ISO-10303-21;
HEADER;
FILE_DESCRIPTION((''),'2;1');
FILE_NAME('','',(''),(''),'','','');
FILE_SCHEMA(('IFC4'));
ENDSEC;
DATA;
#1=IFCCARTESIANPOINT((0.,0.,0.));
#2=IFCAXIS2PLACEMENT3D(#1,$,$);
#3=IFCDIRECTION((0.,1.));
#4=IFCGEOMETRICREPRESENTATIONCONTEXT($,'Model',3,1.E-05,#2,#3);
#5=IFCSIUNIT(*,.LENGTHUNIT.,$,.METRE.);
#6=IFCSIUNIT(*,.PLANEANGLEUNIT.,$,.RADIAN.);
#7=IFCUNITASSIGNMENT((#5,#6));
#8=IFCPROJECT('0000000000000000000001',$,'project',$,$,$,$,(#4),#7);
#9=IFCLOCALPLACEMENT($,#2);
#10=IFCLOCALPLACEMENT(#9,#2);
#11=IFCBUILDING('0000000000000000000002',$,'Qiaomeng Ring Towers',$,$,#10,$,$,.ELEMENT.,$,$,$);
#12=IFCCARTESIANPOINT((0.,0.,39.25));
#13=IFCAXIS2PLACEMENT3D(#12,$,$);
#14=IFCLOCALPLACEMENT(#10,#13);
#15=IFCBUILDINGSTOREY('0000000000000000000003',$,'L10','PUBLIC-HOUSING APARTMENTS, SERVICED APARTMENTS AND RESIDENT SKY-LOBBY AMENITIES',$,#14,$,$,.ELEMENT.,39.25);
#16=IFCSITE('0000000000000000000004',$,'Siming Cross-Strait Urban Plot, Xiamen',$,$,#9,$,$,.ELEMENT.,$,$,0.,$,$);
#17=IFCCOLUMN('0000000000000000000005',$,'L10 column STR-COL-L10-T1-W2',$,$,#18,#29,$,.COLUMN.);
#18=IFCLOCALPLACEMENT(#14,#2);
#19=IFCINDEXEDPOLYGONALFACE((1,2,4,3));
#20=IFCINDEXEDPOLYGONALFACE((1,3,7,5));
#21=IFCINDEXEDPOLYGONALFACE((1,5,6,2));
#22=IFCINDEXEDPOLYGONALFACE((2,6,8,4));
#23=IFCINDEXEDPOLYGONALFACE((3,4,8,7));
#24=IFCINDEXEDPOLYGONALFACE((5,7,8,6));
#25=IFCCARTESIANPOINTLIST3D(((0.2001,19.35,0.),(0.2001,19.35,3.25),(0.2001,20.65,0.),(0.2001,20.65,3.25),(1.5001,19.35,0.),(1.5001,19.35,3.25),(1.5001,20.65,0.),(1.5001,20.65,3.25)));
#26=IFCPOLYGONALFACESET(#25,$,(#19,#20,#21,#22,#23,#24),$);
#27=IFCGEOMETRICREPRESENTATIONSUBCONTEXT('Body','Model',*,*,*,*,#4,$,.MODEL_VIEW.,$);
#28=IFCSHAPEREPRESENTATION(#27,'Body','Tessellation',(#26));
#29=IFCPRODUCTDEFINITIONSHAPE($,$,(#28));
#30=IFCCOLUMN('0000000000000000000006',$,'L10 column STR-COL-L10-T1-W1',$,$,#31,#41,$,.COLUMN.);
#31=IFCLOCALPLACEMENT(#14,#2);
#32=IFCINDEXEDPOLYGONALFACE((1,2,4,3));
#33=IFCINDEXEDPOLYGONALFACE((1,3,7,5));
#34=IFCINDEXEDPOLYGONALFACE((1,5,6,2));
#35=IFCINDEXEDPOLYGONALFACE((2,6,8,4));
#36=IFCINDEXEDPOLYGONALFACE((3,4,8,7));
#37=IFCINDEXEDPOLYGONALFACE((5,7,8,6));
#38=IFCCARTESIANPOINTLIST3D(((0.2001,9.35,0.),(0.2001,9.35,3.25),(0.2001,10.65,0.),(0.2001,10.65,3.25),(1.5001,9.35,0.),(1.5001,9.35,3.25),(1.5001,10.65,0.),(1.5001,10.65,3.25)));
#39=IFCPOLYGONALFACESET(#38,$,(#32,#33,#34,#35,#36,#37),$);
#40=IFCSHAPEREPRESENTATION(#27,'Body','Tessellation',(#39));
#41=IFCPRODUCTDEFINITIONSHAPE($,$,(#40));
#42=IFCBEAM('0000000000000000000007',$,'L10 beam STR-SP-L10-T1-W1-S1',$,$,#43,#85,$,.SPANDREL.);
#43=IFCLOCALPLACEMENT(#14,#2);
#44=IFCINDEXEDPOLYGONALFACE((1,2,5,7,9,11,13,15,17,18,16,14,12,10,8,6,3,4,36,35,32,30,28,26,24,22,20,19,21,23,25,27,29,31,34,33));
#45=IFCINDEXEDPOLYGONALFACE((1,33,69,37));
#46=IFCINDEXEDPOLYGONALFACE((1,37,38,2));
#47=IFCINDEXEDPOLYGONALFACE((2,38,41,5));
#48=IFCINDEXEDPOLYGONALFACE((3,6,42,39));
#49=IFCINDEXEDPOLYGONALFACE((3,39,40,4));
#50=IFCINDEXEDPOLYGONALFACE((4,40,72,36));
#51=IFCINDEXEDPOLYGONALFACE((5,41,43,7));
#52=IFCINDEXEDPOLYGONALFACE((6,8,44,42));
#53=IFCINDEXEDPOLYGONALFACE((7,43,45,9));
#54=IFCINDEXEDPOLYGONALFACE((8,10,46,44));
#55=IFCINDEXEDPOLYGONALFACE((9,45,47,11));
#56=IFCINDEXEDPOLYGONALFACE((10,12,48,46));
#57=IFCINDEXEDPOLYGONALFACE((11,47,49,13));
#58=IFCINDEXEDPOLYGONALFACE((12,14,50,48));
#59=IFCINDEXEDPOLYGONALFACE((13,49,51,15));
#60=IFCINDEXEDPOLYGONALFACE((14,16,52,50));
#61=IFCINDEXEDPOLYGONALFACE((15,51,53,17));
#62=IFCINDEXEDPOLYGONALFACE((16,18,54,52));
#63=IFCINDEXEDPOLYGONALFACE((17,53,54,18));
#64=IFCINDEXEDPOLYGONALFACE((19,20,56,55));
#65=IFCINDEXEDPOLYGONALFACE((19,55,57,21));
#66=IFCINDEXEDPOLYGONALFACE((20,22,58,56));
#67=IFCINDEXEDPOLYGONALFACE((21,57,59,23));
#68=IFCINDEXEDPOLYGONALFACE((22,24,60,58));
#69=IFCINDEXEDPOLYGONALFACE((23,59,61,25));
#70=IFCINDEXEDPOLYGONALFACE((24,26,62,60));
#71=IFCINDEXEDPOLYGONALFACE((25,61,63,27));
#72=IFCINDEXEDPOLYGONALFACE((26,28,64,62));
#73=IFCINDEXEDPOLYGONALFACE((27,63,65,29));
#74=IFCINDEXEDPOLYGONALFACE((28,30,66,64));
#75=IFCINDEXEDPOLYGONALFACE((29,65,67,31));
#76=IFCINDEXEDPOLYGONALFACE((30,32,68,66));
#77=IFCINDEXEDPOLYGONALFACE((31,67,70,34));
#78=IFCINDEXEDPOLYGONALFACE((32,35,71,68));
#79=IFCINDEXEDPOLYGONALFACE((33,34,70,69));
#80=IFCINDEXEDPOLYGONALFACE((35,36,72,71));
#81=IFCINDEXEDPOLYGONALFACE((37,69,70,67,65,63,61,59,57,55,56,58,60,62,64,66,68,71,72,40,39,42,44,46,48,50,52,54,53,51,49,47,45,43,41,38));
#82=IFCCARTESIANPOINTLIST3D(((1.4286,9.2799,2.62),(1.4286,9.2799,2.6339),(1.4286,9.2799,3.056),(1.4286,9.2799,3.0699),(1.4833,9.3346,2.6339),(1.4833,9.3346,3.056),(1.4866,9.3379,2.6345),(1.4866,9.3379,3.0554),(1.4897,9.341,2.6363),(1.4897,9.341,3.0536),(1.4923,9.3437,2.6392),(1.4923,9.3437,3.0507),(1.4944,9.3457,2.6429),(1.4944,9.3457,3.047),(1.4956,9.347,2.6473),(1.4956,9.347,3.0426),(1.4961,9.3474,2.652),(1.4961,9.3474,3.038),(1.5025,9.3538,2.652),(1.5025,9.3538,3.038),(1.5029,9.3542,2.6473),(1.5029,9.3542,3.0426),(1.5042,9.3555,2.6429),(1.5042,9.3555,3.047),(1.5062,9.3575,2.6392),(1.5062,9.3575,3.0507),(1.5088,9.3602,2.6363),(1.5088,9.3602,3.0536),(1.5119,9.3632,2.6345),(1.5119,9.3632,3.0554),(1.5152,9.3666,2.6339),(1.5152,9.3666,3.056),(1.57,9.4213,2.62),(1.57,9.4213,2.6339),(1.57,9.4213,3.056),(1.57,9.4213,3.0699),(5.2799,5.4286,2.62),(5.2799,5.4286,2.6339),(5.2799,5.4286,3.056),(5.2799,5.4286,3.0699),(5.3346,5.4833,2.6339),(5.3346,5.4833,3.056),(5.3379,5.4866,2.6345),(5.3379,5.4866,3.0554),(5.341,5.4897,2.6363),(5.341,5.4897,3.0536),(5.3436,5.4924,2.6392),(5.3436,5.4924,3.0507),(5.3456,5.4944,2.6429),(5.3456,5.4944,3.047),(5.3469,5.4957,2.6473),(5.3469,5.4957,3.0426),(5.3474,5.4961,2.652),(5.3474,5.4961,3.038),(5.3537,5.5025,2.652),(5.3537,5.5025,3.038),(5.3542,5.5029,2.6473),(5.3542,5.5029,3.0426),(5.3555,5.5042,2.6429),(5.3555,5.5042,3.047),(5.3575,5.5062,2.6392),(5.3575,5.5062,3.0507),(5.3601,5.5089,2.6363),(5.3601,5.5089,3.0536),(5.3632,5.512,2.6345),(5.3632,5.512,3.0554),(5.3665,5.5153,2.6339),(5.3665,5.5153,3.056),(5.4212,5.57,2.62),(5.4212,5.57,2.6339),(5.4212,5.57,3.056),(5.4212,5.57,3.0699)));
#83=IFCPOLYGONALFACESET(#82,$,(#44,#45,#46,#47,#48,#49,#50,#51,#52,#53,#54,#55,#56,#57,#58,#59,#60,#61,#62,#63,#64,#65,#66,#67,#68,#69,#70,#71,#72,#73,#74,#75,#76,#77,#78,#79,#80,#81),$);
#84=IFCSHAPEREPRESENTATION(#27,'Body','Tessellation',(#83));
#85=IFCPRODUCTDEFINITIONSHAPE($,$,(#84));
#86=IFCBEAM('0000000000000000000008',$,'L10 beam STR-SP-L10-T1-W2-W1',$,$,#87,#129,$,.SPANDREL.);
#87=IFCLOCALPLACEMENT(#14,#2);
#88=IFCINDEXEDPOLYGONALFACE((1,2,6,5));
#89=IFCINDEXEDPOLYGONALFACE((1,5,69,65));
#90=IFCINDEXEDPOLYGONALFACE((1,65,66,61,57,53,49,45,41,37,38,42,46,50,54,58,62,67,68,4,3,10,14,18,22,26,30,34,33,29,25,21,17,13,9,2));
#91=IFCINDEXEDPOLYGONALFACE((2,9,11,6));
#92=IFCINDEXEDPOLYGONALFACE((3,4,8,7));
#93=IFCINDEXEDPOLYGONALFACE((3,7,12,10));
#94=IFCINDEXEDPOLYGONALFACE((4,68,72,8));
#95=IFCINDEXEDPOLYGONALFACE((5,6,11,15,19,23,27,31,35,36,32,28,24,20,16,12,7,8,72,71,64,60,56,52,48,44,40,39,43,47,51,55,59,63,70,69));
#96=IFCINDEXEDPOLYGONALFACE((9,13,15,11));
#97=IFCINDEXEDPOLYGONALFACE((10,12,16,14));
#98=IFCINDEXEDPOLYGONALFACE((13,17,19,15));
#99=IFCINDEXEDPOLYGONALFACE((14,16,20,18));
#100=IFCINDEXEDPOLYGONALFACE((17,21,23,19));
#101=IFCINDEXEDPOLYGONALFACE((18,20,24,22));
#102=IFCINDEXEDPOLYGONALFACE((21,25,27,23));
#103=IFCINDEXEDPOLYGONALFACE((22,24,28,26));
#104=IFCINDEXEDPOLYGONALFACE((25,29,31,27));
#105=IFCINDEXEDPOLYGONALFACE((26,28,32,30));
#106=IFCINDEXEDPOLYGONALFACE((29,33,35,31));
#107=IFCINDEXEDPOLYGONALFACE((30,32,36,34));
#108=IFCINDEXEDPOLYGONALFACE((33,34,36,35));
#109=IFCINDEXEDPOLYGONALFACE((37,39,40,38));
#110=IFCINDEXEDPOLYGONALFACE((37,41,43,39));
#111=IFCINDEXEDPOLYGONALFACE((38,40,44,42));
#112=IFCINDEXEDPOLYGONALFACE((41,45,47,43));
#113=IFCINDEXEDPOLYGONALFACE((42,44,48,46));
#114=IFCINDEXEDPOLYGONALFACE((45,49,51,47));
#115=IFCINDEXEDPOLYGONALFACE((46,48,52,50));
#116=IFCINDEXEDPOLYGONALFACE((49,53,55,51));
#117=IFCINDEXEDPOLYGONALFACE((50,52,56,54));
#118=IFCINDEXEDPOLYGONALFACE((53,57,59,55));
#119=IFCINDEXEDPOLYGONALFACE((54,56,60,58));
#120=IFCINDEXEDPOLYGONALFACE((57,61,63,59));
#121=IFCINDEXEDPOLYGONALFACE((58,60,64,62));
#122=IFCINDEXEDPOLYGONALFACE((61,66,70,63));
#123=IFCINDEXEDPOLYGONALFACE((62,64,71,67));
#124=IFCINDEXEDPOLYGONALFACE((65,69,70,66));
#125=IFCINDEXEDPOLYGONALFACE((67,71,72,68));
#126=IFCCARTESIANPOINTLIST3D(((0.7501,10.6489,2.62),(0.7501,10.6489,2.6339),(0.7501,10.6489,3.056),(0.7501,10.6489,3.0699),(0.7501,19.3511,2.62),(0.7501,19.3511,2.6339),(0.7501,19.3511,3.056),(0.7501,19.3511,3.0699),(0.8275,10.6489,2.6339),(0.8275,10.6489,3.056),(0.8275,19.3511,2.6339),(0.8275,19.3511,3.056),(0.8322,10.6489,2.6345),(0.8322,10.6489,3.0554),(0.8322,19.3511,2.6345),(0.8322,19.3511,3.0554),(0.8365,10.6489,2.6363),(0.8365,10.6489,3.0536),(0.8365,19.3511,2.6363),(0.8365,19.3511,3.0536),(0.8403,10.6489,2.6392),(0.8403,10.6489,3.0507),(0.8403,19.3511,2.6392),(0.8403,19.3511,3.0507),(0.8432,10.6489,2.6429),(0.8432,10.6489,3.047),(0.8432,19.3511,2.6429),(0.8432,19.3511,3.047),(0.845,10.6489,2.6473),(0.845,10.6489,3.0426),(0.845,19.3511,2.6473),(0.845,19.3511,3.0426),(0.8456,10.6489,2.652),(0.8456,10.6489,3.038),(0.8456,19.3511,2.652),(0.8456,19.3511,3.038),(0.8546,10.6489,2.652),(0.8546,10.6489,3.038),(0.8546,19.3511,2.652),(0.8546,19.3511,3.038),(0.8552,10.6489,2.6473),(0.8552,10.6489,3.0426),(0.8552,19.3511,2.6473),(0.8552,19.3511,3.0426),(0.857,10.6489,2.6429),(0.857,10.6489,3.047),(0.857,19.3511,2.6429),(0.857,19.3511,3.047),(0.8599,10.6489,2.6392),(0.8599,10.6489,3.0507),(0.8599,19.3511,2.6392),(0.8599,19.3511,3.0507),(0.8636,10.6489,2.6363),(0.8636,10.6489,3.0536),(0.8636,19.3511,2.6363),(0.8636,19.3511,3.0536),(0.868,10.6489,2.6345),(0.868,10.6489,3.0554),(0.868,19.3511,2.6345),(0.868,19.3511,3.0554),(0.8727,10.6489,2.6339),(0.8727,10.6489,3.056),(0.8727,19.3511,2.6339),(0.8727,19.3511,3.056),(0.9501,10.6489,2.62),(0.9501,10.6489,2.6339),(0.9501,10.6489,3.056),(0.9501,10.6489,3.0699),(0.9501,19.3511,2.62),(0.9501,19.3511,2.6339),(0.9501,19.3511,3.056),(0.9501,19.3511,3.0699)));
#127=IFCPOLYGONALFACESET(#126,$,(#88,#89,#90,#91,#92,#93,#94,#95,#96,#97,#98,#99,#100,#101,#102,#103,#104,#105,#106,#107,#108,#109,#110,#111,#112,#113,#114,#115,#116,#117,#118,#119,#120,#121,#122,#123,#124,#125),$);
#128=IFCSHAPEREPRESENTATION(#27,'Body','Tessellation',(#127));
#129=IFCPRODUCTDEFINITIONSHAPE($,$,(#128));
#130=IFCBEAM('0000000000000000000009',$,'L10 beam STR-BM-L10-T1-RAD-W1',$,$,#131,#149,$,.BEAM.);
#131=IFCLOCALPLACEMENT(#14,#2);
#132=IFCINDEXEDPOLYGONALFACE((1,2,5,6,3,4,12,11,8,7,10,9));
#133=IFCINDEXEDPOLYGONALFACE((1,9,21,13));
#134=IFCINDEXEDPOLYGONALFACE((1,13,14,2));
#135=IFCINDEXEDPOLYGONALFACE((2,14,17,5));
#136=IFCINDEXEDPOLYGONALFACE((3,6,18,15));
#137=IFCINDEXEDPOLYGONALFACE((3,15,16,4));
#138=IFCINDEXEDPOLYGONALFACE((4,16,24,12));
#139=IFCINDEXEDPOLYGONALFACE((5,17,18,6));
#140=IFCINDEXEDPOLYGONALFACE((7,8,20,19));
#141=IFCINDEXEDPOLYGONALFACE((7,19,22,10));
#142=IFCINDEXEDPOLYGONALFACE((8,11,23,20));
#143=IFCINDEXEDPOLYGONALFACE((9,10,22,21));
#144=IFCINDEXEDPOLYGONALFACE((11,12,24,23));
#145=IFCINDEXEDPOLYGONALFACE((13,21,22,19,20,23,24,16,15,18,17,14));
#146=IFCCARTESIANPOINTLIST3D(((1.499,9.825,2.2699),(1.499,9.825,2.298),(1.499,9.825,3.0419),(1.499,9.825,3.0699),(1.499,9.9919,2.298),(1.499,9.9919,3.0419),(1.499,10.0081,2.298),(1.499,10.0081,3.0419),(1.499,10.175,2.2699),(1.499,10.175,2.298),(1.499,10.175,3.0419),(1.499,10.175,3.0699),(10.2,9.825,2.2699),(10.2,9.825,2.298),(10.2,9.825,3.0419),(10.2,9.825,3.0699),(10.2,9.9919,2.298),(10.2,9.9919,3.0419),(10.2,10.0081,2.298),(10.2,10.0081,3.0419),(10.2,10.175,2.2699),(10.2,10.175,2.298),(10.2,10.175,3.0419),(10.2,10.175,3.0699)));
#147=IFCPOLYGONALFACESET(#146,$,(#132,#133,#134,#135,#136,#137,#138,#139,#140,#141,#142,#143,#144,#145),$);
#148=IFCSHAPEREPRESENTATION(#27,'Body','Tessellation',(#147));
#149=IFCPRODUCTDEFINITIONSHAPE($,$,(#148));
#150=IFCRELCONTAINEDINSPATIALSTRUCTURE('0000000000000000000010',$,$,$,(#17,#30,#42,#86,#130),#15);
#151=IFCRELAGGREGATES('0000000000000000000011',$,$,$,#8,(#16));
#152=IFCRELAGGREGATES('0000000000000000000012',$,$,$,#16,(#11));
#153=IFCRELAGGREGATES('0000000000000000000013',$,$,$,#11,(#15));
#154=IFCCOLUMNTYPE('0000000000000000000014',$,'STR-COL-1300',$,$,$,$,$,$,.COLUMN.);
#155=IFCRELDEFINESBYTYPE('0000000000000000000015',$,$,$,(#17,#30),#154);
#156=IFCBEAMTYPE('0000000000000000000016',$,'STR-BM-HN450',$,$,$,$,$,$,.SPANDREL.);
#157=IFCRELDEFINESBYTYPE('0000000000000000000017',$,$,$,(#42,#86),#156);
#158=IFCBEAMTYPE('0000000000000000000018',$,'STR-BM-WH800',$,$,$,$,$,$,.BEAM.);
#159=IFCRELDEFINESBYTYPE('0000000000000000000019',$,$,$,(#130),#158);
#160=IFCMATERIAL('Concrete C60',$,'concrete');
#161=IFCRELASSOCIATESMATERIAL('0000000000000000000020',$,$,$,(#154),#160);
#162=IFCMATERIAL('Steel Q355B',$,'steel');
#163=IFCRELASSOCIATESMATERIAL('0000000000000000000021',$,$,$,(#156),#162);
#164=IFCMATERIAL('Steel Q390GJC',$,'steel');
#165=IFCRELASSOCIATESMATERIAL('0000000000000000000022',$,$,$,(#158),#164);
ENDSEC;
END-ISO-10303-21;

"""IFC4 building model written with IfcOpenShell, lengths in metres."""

from ifc_helpers import new_model, si_unit, direction, frame, origin, origin_2d, place, context, subcontext, project, spatial, rectangle, i_section, extrude, source, transform, mapped, material, material_profile, profile_set, type_object, element, save


model = new_model("IFC4")

# Units and contexts
model_context = context("Model", 3, precision=1e-05, world=origin(), true_north=direction((0.0, 1.0)))
body_context = subcontext(model_context, "Body", "Model", "MODEL_VIEW")
ifc_project = project(units=[si_unit("LENGTHUNIT", "METRE"), si_unit("PLANEANGLEUNIT", "RADIAN")], contexts=[model_context])

# Site, building, storey
site_placement = place(None, origin())
site = spatial("IfcSite", under=ifc_project, at=site_placement, Name="Siming Cross-Strait Urban Plot, Xiamen", CompositionType="ELEMENT", RefElevation=0.0)
building_placement = place(site_placement, origin())
building = spatial("IfcBuilding", under=site, at=building_placement, Name="Qiaomeng Ring Towers", CompositionType="ELEMENT")
storey_placement = place(building_placement, frame((0.0, 0.0, 39.25)))
storey = spatial("IfcBuildingStorey", under=building, at=storey_placement, Name="L10", Description="PUBLIC-HOUSING APARTMENTS, SERVICED APARTMENTS AND RESIDENT SKY-LOBBY AMENITIES", CompositionType="ELEMENT", Elevation=39.25)

# Columns
ifc_material_1 = material(Name="Concrete C60", Category="concrete")
ifc_material_profile_1 = material_profile(ifc_material_1, rectangle(XDim=1.3, YDim=1.3, at=origin_2d()), Name="RC COL 1300x1300")
ifc_profile_set_1 = profile_set([ifc_material_profile_1], Name="Concrete C60")
column_type = type_object("IfcColumnType", Name="STR-COL-1300", PredefinedType="COLUMN", material=ifc_profile_set_1)
shared_shape_1 = source(origin(), body_context, "Body", "SweptSolid", [
    extrude(rectangle(XDim=1.3, YDim=1.3, at=origin_2d()), origin(), (0.0, 0.0, 1.0), 3.25),
])
for number, where, z_axis, x_axis, name in (
    (1, (0.8501, 20.0, 0.0), (0.0, 0.0, 1.0), (1.0, 0.0, 0.0), "L10 column STR-COL-L10-T1-W2"),
    (2, (0.8501, 10.0, 0.0), (0.0, 0.0, 1.0), (1.0, 0.0, 0.0), "L10 column STR-COL-L10-T1-W1"),
):
    element("IfcColumn", number, at=place(storey_placement, frame(where, z_axis=z_axis, x_axis=x_axis)), inside=storey, type_object=column_type, Name=name, PredefinedType="COLUMN", context=body_context, shape_type="MappedRepresentation", body=[
        mapped(shared_shape_1, transform((0.0, 0.0, 0.0), x_axis=(1.0, 0.0, 0.0), y_axis=(0.0, 1.0, 0.0), z_axis=(0.0, 0.0, 1.0), scale=1.0)),
    ])

# Beams
ifc_material_2 = material(Name="Steel Q355B", Category="steel")
ifc_material_profile_2 = material_profile(ifc_material_2, i_section(OverallWidth=0.2, OverallDepth=0.45, WebThickness=0.009, FlangeThickness=0.0139, FilletRadius=0.0181, at=origin_2d()), Name="HN 450x200x9x14")
ifc_profile_set_2 = profile_set([ifc_material_profile_2], Name="Steel Q355B")
beam_type_1 = type_object("IfcBeamType", Name="STR-BM-HN450", PredefinedType="SPANDREL", material=ifc_profile_set_2)
shared_shape_2 = source(origin(), body_context, "Body", "SweptSolid", [
    extrude(i_section(OverallWidth=0.2, OverallDepth=0.45, WebThickness=0.009, FlangeThickness=0.0139, FilletRadius=0.0181, at=origin_2d()), origin(), (0.0, 0.0, 1.0), 5.4465),
])
beam_1_placement = place(storey_placement, frame((1.4993, 9.3506, 2.845), z_axis=(0.707107, -0.707107, 0.0), x_axis=(0.707107, 0.707107, 0.0)))
element("IfcBeam", 3, at=beam_1_placement, inside=storey, type_object=beam_type_1, Name="L10 beam STR-SP-L10-T1-W1-S1", PredefinedType="SPANDREL", context=body_context, shape_type="MappedRepresentation", body=[
    mapped(shared_shape_2, transform((0.0, 0.0, 0.0), x_axis=(1.0, 0.0, 0.0), y_axis=(0.0, 1.0, 0.0), z_axis=(0.0, 0.0, 1.0), scale=1.0)),
])
shared_shape_3 = source(origin(), body_context, "Body", "SweptSolid", [
    extrude(i_section(OverallWidth=0.2, OverallDepth=0.45, WebThickness=0.009, FlangeThickness=0.0139, FilletRadius=0.0181, at=origin_2d()), origin(), (0.0, 0.0, 1.0), 8.7021),
])
beam_2_placement = place(storey_placement, frame((0.8501, 19.3511, 2.845), z_axis=(0.0, -1.0, 0.0), x_axis=(1.0, 0.0, 0.0)))
element("IfcBeam", 4, at=beam_2_placement, inside=storey, type_object=beam_type_1, Name="L10 beam STR-SP-L10-T1-W2-W1", PredefinedType="SPANDREL", context=body_context, shape_type="MappedRepresentation", body=[
    mapped(shared_shape_3, transform((0.0, 0.0, 0.0), x_axis=(1.0, 0.0, 0.0), y_axis=(0.0, 1.0, 0.0), z_axis=(0.0, 0.0, 1.0), scale=1.0)),
])
ifc_material_3 = material(Name="Steel Q390GJC", Category="steel")
ifc_material_profile_3 = material_profile(ifc_material_3, i_section(OverallWidth=0.3501, OverallDepth=0.8, WebThickness=0.0161, FlangeThickness=0.0281, at=origin_2d()), Name="WH 800x350x16x28")
ifc_profile_set_3 = profile_set([ifc_material_profile_3], Name="Steel Q390GJC")
beam_type_2 = type_object("IfcBeamType", Name="STR-BM-WH800", PredefinedType="BEAM", material=ifc_profile_set_3)
shared_shape_4 = source(origin(), body_context, "Body", "SweptSolid", [
    extrude(i_section(OverallWidth=0.3501, OverallDepth=0.8, WebThickness=0.0161, FlangeThickness=0.0281, at=origin_2d()), origin(), (0.0, 0.0, 1.0), 8.7009),
])
beam_3_placement = place(storey_placement, frame((1.499, 10.0, 2.6699), z_axis=(1.0, 0.0, 0.0), x_axis=(0.0, 1.0, 0.0)))
element("IfcBeam", 5, at=beam_3_placement, inside=storey, type_object=beam_type_2, Name="L10 beam STR-BM-L10-T1-RAD-W1", PredefinedType="BEAM", context=body_context, shape_type="MappedRepresentation", body=[
    mapped(shared_shape_4, transform((0.0, 0.0, 0.0), x_axis=(1.0, 0.0, 0.0), y_axis=(0.0, 1.0, 0.0), z_axis=(0.0, 0.0, 1.0), scale=1.0)),
])

save(model, "model.ifc")
